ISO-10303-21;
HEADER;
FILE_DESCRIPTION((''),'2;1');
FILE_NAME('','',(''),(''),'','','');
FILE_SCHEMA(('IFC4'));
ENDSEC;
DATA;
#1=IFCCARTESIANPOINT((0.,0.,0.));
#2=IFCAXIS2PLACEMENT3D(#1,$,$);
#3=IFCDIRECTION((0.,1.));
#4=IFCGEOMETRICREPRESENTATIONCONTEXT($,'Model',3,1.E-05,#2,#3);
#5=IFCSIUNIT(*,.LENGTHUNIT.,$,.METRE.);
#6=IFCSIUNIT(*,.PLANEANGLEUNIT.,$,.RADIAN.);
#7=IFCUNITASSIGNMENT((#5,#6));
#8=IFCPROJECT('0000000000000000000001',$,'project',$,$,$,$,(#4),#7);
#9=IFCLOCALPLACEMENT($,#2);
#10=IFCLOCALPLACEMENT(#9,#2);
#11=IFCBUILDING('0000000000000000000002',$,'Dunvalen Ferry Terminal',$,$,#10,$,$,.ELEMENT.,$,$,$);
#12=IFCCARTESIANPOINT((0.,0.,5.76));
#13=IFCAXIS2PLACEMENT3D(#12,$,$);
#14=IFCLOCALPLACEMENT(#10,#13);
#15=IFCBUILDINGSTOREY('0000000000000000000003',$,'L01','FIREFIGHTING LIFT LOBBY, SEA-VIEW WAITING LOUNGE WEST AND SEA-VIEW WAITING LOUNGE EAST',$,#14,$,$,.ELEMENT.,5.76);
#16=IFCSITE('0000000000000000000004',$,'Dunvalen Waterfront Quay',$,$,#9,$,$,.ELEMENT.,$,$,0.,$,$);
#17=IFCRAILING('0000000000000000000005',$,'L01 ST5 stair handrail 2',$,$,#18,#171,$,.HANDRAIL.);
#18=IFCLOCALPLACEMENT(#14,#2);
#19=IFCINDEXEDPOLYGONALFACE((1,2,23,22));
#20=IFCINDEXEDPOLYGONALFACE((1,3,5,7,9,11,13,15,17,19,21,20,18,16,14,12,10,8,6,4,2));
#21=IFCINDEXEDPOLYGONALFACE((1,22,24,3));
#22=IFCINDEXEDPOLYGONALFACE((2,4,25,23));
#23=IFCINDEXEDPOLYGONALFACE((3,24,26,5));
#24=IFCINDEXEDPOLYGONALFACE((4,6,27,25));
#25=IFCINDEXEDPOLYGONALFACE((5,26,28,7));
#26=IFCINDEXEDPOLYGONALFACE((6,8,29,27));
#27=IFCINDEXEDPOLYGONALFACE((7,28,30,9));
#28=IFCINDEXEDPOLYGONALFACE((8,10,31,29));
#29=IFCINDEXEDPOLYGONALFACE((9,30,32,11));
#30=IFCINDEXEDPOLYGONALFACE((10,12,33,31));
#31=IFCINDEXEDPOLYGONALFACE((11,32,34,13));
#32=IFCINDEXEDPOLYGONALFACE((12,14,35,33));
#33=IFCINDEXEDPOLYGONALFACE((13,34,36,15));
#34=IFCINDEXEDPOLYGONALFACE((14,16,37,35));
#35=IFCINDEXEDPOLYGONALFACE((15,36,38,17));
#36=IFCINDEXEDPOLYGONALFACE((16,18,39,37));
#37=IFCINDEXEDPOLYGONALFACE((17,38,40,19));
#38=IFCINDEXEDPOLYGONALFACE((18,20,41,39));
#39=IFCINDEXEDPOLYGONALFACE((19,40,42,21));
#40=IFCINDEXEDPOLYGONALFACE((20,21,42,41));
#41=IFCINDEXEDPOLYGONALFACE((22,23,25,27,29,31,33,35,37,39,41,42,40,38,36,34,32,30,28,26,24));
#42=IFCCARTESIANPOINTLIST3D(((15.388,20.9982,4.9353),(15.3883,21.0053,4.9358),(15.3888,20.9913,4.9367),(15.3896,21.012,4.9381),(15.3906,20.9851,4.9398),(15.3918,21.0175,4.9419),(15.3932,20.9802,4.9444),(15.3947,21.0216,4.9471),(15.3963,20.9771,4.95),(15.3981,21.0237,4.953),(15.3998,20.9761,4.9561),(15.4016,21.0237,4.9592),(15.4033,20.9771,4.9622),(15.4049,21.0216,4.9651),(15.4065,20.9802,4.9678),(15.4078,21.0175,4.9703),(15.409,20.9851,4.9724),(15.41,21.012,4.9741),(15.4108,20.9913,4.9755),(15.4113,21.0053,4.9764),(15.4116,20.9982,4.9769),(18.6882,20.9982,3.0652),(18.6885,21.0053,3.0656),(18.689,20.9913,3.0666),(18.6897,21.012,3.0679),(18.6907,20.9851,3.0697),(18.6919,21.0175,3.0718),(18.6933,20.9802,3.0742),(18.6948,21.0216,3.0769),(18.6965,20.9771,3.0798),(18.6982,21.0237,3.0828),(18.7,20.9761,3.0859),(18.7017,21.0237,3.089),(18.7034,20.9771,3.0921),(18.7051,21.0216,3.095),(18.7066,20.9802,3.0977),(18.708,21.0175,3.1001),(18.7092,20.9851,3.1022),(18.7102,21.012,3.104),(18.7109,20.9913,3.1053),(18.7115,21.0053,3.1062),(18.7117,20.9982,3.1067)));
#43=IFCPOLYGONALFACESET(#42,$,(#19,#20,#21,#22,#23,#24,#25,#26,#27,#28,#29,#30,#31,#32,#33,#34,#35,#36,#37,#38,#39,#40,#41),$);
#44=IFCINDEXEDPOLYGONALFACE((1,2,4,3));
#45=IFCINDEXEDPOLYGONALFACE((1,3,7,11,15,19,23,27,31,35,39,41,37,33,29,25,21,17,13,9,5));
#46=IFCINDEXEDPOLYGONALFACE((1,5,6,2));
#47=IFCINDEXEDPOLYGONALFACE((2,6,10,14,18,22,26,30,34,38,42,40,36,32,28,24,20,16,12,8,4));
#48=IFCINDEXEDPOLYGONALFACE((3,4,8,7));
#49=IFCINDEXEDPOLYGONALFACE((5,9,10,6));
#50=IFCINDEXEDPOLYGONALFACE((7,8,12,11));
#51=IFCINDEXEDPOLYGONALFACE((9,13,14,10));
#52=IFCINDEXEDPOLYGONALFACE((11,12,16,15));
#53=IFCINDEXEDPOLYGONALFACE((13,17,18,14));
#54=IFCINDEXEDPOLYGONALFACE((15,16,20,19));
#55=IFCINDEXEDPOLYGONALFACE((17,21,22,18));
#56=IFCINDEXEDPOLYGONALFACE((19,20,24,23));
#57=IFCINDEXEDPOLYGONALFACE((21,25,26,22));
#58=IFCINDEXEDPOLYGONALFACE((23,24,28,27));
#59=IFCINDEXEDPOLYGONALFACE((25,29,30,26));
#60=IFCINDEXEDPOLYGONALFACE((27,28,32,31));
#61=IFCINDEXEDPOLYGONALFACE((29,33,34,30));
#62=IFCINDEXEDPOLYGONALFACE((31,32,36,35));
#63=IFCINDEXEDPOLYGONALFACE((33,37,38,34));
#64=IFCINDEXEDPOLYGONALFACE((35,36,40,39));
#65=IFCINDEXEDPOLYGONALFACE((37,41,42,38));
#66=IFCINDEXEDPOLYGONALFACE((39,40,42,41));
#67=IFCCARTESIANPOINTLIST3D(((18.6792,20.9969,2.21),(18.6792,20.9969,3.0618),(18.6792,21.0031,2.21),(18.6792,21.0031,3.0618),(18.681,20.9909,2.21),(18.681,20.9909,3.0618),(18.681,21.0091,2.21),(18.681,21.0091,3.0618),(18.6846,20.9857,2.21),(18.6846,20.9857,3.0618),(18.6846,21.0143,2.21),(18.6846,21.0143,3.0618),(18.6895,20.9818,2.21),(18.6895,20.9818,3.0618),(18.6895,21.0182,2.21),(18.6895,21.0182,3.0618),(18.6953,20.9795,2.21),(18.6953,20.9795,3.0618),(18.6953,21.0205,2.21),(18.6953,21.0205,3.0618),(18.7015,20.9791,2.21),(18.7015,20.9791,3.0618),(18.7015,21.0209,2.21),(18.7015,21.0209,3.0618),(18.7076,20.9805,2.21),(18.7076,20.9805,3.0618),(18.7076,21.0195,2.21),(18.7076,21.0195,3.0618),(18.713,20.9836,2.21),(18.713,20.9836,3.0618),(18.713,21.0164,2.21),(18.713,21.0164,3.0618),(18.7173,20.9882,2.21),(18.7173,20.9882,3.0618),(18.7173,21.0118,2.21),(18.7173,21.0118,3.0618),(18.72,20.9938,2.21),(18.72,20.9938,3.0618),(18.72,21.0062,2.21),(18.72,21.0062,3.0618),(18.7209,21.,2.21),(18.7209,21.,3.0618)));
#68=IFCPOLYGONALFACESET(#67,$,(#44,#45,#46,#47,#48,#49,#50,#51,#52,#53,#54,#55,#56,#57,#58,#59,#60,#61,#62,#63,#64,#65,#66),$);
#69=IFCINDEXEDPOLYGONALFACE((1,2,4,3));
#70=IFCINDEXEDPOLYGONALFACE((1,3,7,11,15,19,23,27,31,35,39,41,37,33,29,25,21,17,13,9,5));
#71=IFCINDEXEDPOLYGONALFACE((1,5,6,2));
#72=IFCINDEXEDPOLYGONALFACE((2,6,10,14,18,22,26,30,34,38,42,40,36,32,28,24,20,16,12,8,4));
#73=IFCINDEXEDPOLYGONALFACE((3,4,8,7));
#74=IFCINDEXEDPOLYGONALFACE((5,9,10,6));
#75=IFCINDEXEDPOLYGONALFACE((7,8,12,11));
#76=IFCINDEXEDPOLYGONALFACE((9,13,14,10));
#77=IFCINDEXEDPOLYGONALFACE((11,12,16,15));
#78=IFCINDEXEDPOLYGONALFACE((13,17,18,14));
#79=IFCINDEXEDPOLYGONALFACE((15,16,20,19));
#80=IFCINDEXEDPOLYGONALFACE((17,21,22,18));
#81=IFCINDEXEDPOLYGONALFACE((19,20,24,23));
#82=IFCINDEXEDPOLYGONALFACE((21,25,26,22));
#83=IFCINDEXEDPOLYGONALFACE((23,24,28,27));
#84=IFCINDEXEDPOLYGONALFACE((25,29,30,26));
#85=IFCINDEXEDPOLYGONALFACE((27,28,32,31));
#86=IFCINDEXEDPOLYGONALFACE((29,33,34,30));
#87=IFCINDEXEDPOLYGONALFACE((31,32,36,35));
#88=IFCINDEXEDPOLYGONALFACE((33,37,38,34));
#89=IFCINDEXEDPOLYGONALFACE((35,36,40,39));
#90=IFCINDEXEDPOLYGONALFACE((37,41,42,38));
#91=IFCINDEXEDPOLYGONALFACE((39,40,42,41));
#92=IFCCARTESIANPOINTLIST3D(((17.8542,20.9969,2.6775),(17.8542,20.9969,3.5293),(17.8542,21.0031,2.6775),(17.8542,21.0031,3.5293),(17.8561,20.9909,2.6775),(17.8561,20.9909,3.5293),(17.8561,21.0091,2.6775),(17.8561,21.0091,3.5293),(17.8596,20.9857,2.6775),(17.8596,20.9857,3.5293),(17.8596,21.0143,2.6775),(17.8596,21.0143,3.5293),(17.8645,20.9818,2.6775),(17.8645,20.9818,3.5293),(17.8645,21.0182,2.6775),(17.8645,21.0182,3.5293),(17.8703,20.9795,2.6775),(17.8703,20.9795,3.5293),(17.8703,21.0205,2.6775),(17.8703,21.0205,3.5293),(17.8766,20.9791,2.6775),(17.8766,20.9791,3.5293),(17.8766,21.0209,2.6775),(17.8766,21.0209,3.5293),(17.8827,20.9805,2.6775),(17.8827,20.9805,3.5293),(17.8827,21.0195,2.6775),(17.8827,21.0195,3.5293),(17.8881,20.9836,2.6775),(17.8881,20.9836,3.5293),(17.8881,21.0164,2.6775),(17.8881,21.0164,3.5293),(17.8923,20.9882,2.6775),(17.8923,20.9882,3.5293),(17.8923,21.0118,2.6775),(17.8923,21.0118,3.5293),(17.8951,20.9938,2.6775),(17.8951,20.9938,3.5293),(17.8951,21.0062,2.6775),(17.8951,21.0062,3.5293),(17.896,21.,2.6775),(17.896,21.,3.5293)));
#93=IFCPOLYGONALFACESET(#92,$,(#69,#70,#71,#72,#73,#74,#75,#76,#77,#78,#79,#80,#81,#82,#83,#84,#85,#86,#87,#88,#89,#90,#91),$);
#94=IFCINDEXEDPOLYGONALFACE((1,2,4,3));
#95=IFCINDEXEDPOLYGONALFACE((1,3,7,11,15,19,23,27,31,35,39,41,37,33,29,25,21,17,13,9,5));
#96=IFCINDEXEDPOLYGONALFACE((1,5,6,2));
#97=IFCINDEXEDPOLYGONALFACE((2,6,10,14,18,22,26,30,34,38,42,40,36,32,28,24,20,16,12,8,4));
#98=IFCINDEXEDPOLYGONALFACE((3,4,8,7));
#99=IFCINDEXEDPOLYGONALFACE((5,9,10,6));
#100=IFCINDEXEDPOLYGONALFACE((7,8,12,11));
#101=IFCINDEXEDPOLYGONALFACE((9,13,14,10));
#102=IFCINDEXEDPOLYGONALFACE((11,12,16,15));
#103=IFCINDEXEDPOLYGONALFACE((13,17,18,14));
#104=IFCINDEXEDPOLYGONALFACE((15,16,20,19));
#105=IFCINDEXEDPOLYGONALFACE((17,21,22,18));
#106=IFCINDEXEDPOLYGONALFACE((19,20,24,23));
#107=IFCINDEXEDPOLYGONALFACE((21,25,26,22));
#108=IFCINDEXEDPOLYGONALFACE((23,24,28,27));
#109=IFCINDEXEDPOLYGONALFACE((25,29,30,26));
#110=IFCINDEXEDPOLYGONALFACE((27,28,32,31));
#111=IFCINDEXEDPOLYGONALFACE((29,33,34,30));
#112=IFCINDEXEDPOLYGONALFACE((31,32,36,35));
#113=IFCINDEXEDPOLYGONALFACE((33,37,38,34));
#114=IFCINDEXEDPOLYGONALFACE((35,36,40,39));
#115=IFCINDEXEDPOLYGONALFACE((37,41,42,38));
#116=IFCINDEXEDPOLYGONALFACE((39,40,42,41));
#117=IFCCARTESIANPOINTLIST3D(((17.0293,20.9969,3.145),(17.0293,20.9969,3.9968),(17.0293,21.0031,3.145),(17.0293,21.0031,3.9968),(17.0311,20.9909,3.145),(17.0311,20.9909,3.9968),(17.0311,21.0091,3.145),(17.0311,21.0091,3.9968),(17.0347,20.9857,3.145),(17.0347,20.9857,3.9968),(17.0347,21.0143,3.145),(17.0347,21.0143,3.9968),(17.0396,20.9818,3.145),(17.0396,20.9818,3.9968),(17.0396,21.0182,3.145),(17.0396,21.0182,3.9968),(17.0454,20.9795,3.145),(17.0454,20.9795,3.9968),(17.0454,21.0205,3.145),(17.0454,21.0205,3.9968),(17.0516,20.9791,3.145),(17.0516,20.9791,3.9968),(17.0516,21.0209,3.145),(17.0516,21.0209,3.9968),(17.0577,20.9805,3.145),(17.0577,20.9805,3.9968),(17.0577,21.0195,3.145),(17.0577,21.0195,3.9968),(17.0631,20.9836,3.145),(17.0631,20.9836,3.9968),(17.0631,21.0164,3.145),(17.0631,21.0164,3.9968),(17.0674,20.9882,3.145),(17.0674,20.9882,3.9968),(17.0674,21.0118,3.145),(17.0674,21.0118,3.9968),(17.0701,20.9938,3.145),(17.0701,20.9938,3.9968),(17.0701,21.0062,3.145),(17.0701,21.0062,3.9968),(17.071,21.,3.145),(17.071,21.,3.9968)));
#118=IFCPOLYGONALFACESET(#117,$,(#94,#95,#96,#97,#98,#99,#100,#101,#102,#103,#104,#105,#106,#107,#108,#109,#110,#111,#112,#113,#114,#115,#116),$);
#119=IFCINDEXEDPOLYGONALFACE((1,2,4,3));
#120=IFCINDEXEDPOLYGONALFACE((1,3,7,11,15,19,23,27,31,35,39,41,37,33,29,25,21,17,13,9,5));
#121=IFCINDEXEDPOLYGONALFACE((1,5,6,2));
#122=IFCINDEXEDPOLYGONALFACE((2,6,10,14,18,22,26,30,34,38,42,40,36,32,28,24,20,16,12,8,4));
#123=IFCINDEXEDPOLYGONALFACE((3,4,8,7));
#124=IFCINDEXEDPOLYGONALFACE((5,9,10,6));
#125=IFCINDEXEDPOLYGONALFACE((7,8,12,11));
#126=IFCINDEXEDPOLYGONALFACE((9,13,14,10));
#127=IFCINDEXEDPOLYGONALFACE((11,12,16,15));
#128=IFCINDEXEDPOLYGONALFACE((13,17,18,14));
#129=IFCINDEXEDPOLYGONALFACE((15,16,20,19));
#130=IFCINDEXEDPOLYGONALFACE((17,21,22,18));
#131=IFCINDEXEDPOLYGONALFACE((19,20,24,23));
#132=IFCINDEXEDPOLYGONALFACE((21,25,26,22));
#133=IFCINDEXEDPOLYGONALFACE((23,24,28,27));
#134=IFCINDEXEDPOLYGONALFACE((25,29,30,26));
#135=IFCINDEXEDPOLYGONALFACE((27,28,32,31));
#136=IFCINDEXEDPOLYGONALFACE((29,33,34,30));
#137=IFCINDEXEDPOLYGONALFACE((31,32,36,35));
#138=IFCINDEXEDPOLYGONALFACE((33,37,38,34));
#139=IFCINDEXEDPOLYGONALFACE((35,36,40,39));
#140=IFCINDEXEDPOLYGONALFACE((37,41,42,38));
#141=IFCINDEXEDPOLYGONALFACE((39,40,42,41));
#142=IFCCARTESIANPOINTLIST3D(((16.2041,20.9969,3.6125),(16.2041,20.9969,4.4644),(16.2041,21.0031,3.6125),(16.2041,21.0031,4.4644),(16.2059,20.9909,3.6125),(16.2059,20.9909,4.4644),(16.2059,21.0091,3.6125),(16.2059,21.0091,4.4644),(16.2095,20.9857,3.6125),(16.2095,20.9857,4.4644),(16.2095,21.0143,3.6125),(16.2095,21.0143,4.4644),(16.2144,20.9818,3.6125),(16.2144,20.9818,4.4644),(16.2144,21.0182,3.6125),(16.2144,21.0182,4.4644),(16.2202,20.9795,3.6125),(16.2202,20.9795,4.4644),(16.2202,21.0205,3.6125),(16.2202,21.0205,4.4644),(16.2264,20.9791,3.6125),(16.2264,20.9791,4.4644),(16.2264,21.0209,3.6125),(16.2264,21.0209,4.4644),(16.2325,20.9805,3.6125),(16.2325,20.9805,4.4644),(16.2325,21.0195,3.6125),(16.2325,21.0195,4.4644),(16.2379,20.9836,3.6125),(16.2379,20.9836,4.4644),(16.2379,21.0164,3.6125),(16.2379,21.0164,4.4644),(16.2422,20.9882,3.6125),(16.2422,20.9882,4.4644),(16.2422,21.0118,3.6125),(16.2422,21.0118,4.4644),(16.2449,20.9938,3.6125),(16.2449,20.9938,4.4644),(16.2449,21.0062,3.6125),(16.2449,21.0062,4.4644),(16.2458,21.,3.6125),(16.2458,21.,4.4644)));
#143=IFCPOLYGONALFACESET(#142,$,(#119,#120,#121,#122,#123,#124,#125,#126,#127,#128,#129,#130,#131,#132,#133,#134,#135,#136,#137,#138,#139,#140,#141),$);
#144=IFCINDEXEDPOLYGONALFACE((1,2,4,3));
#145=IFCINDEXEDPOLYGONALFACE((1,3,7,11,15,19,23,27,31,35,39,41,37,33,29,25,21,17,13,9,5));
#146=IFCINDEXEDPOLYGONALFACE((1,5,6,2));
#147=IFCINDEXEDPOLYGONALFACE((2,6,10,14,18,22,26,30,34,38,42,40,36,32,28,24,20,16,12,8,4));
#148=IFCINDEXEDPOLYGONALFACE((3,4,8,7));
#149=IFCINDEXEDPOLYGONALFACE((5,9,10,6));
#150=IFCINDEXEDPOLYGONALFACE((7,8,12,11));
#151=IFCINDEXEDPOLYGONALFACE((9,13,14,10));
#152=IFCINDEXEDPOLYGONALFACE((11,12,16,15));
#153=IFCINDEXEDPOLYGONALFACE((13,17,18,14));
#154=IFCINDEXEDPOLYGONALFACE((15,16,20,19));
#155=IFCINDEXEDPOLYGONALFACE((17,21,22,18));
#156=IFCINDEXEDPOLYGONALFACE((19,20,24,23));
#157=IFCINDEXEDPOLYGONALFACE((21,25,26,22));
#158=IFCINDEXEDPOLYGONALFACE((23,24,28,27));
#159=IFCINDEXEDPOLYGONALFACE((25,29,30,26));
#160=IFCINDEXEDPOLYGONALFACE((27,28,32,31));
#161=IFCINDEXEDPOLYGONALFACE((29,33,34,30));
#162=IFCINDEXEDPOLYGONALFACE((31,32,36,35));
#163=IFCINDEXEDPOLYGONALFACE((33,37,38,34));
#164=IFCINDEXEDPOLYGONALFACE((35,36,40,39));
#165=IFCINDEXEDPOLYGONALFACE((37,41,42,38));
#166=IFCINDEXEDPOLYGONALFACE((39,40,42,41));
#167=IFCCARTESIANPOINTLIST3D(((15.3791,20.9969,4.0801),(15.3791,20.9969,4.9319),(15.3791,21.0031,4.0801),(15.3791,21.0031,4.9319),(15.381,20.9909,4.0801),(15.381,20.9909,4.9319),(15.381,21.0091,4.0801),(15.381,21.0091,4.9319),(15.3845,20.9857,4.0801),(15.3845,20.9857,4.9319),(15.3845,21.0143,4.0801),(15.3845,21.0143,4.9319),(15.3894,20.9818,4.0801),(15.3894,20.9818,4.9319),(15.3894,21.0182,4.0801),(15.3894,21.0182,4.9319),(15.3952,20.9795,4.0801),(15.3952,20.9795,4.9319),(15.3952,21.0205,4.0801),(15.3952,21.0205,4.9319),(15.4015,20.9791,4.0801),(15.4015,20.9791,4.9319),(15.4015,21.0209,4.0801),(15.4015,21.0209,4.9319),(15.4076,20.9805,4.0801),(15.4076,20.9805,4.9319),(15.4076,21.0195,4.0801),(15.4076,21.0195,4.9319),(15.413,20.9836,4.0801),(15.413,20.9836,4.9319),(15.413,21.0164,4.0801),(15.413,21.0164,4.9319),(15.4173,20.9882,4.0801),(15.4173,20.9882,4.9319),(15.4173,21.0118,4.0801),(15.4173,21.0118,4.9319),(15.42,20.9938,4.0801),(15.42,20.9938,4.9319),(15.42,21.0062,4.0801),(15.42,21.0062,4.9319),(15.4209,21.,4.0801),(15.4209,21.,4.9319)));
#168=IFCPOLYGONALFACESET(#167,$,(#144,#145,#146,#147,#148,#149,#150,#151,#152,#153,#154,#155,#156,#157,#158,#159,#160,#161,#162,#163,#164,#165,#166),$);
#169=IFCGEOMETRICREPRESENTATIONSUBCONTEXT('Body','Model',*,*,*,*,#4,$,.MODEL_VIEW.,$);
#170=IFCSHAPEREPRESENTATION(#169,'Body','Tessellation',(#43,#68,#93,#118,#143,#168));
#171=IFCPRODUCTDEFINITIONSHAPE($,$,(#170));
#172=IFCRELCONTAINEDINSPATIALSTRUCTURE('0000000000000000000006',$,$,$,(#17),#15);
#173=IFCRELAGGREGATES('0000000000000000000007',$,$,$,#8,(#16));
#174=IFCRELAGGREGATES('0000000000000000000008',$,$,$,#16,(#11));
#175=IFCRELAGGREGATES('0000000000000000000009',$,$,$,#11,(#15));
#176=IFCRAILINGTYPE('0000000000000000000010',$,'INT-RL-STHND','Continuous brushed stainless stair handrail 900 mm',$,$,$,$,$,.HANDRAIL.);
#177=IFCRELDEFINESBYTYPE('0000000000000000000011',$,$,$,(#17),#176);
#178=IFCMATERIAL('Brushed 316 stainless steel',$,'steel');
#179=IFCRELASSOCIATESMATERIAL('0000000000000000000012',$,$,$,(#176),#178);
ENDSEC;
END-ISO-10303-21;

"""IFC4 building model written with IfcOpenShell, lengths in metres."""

from ifc_helpers import new_model, si_unit, direction, frame, origin, origin_2d, place, context, subcontext, project, spatial, circle, extrude, material, type_object, element, save


model = new_model("IFC4")

# Units and contexts
model_context = context("Model", 3, precision=1e-05, world=origin(), true_north=direction((0.0, 1.0)))
body_context = subcontext(model_context, "Body", "Model", "MODEL_VIEW")
ifc_project = project(units=[si_unit("LENGTHUNIT", "METRE"), si_unit("PLANEANGLEUNIT", "RADIAN")], contexts=[model_context])

# Site, building, storey
site_placement = place(None, origin())
site = spatial("IfcSite", under=ifc_project, at=site_placement, Name="Dunvalen Waterfront Quay", CompositionType="ELEMENT", RefElevation=0.0)
building_placement = place(site_placement, origin())
building = spatial("IfcBuilding", under=site, at=building_placement, Name="Dunvalen Ferry Terminal", CompositionType="ELEMENT")
storey_placement = place(building_placement, frame((0.0, 0.0, 5.76)))
storey = spatial("IfcBuildingStorey", under=building, at=storey_placement, Name="L01", Description="FIREFIGHTING LIFT LOBBY, SEA-VIEW WAITING LOUNGE WEST AND SEA-VIEW WAITING LOUNGE EAST", CompositionType="ELEMENT", Elevation=5.76)

# Railing
ifc_material_1 = material(Name="Brushed 316 stainless steel", Category="steel")
railing_type_1 = type_object("IfcRailingType", Name="INT-RL-STHND", Description="Continuous brushed stainless stair handrail 900 mm", PredefinedType="HANDRAIL", material=ifc_material_1)
for number, where, name in (
    (1, (18.7, 21.0, 2.21), "L01 ST5 stair handrail 2"),
):
    element("IfcRailing", number, at=place(storey_placement, frame(where)), inside=storey, type_object=railing_type_1, Name=name, PredefinedType="HANDRAIL", context=body_context, shape_type="SweptSolid", body=[
        extrude(circle(Radius=0.0239, at=origin_2d()), frame((0.0, 0.0, 0.876), z_axis=(-0.870012, 0.0, 0.49303), x_axis=(0.0, -1.0, 0.0)), (0.0, 0.0, 1.0), 3.7932),
        extrude(circle(Radius=0.021, at=origin_2d()), origin(), (0.0, 0.0, 1.0), 0.8518),
        extrude(circle(Radius=0.021, at=origin_2d()), frame((-0.825, 0.0, 0.4675)), (0.0, 0.0, 1.0), 0.8518),
        extrude(circle(Radius=0.021, at=origin_2d()), frame((-1.6499, 0.0, 0.9351)), (0.0, 0.0, 1.0), 0.8518),
        extrude(circle(Radius=0.021, at=origin_2d()), frame((-2.4751, 0.0, 1.4026)), (0.0, 0.0, 1.0), 0.8518),
        extrude(circle(Radius=0.021, at=origin_2d()), frame((-3.3, 0.0, 1.8701)), (0.0, 0.0, 1.0), 0.8518),
    ])

save(model, "model.ifc")
